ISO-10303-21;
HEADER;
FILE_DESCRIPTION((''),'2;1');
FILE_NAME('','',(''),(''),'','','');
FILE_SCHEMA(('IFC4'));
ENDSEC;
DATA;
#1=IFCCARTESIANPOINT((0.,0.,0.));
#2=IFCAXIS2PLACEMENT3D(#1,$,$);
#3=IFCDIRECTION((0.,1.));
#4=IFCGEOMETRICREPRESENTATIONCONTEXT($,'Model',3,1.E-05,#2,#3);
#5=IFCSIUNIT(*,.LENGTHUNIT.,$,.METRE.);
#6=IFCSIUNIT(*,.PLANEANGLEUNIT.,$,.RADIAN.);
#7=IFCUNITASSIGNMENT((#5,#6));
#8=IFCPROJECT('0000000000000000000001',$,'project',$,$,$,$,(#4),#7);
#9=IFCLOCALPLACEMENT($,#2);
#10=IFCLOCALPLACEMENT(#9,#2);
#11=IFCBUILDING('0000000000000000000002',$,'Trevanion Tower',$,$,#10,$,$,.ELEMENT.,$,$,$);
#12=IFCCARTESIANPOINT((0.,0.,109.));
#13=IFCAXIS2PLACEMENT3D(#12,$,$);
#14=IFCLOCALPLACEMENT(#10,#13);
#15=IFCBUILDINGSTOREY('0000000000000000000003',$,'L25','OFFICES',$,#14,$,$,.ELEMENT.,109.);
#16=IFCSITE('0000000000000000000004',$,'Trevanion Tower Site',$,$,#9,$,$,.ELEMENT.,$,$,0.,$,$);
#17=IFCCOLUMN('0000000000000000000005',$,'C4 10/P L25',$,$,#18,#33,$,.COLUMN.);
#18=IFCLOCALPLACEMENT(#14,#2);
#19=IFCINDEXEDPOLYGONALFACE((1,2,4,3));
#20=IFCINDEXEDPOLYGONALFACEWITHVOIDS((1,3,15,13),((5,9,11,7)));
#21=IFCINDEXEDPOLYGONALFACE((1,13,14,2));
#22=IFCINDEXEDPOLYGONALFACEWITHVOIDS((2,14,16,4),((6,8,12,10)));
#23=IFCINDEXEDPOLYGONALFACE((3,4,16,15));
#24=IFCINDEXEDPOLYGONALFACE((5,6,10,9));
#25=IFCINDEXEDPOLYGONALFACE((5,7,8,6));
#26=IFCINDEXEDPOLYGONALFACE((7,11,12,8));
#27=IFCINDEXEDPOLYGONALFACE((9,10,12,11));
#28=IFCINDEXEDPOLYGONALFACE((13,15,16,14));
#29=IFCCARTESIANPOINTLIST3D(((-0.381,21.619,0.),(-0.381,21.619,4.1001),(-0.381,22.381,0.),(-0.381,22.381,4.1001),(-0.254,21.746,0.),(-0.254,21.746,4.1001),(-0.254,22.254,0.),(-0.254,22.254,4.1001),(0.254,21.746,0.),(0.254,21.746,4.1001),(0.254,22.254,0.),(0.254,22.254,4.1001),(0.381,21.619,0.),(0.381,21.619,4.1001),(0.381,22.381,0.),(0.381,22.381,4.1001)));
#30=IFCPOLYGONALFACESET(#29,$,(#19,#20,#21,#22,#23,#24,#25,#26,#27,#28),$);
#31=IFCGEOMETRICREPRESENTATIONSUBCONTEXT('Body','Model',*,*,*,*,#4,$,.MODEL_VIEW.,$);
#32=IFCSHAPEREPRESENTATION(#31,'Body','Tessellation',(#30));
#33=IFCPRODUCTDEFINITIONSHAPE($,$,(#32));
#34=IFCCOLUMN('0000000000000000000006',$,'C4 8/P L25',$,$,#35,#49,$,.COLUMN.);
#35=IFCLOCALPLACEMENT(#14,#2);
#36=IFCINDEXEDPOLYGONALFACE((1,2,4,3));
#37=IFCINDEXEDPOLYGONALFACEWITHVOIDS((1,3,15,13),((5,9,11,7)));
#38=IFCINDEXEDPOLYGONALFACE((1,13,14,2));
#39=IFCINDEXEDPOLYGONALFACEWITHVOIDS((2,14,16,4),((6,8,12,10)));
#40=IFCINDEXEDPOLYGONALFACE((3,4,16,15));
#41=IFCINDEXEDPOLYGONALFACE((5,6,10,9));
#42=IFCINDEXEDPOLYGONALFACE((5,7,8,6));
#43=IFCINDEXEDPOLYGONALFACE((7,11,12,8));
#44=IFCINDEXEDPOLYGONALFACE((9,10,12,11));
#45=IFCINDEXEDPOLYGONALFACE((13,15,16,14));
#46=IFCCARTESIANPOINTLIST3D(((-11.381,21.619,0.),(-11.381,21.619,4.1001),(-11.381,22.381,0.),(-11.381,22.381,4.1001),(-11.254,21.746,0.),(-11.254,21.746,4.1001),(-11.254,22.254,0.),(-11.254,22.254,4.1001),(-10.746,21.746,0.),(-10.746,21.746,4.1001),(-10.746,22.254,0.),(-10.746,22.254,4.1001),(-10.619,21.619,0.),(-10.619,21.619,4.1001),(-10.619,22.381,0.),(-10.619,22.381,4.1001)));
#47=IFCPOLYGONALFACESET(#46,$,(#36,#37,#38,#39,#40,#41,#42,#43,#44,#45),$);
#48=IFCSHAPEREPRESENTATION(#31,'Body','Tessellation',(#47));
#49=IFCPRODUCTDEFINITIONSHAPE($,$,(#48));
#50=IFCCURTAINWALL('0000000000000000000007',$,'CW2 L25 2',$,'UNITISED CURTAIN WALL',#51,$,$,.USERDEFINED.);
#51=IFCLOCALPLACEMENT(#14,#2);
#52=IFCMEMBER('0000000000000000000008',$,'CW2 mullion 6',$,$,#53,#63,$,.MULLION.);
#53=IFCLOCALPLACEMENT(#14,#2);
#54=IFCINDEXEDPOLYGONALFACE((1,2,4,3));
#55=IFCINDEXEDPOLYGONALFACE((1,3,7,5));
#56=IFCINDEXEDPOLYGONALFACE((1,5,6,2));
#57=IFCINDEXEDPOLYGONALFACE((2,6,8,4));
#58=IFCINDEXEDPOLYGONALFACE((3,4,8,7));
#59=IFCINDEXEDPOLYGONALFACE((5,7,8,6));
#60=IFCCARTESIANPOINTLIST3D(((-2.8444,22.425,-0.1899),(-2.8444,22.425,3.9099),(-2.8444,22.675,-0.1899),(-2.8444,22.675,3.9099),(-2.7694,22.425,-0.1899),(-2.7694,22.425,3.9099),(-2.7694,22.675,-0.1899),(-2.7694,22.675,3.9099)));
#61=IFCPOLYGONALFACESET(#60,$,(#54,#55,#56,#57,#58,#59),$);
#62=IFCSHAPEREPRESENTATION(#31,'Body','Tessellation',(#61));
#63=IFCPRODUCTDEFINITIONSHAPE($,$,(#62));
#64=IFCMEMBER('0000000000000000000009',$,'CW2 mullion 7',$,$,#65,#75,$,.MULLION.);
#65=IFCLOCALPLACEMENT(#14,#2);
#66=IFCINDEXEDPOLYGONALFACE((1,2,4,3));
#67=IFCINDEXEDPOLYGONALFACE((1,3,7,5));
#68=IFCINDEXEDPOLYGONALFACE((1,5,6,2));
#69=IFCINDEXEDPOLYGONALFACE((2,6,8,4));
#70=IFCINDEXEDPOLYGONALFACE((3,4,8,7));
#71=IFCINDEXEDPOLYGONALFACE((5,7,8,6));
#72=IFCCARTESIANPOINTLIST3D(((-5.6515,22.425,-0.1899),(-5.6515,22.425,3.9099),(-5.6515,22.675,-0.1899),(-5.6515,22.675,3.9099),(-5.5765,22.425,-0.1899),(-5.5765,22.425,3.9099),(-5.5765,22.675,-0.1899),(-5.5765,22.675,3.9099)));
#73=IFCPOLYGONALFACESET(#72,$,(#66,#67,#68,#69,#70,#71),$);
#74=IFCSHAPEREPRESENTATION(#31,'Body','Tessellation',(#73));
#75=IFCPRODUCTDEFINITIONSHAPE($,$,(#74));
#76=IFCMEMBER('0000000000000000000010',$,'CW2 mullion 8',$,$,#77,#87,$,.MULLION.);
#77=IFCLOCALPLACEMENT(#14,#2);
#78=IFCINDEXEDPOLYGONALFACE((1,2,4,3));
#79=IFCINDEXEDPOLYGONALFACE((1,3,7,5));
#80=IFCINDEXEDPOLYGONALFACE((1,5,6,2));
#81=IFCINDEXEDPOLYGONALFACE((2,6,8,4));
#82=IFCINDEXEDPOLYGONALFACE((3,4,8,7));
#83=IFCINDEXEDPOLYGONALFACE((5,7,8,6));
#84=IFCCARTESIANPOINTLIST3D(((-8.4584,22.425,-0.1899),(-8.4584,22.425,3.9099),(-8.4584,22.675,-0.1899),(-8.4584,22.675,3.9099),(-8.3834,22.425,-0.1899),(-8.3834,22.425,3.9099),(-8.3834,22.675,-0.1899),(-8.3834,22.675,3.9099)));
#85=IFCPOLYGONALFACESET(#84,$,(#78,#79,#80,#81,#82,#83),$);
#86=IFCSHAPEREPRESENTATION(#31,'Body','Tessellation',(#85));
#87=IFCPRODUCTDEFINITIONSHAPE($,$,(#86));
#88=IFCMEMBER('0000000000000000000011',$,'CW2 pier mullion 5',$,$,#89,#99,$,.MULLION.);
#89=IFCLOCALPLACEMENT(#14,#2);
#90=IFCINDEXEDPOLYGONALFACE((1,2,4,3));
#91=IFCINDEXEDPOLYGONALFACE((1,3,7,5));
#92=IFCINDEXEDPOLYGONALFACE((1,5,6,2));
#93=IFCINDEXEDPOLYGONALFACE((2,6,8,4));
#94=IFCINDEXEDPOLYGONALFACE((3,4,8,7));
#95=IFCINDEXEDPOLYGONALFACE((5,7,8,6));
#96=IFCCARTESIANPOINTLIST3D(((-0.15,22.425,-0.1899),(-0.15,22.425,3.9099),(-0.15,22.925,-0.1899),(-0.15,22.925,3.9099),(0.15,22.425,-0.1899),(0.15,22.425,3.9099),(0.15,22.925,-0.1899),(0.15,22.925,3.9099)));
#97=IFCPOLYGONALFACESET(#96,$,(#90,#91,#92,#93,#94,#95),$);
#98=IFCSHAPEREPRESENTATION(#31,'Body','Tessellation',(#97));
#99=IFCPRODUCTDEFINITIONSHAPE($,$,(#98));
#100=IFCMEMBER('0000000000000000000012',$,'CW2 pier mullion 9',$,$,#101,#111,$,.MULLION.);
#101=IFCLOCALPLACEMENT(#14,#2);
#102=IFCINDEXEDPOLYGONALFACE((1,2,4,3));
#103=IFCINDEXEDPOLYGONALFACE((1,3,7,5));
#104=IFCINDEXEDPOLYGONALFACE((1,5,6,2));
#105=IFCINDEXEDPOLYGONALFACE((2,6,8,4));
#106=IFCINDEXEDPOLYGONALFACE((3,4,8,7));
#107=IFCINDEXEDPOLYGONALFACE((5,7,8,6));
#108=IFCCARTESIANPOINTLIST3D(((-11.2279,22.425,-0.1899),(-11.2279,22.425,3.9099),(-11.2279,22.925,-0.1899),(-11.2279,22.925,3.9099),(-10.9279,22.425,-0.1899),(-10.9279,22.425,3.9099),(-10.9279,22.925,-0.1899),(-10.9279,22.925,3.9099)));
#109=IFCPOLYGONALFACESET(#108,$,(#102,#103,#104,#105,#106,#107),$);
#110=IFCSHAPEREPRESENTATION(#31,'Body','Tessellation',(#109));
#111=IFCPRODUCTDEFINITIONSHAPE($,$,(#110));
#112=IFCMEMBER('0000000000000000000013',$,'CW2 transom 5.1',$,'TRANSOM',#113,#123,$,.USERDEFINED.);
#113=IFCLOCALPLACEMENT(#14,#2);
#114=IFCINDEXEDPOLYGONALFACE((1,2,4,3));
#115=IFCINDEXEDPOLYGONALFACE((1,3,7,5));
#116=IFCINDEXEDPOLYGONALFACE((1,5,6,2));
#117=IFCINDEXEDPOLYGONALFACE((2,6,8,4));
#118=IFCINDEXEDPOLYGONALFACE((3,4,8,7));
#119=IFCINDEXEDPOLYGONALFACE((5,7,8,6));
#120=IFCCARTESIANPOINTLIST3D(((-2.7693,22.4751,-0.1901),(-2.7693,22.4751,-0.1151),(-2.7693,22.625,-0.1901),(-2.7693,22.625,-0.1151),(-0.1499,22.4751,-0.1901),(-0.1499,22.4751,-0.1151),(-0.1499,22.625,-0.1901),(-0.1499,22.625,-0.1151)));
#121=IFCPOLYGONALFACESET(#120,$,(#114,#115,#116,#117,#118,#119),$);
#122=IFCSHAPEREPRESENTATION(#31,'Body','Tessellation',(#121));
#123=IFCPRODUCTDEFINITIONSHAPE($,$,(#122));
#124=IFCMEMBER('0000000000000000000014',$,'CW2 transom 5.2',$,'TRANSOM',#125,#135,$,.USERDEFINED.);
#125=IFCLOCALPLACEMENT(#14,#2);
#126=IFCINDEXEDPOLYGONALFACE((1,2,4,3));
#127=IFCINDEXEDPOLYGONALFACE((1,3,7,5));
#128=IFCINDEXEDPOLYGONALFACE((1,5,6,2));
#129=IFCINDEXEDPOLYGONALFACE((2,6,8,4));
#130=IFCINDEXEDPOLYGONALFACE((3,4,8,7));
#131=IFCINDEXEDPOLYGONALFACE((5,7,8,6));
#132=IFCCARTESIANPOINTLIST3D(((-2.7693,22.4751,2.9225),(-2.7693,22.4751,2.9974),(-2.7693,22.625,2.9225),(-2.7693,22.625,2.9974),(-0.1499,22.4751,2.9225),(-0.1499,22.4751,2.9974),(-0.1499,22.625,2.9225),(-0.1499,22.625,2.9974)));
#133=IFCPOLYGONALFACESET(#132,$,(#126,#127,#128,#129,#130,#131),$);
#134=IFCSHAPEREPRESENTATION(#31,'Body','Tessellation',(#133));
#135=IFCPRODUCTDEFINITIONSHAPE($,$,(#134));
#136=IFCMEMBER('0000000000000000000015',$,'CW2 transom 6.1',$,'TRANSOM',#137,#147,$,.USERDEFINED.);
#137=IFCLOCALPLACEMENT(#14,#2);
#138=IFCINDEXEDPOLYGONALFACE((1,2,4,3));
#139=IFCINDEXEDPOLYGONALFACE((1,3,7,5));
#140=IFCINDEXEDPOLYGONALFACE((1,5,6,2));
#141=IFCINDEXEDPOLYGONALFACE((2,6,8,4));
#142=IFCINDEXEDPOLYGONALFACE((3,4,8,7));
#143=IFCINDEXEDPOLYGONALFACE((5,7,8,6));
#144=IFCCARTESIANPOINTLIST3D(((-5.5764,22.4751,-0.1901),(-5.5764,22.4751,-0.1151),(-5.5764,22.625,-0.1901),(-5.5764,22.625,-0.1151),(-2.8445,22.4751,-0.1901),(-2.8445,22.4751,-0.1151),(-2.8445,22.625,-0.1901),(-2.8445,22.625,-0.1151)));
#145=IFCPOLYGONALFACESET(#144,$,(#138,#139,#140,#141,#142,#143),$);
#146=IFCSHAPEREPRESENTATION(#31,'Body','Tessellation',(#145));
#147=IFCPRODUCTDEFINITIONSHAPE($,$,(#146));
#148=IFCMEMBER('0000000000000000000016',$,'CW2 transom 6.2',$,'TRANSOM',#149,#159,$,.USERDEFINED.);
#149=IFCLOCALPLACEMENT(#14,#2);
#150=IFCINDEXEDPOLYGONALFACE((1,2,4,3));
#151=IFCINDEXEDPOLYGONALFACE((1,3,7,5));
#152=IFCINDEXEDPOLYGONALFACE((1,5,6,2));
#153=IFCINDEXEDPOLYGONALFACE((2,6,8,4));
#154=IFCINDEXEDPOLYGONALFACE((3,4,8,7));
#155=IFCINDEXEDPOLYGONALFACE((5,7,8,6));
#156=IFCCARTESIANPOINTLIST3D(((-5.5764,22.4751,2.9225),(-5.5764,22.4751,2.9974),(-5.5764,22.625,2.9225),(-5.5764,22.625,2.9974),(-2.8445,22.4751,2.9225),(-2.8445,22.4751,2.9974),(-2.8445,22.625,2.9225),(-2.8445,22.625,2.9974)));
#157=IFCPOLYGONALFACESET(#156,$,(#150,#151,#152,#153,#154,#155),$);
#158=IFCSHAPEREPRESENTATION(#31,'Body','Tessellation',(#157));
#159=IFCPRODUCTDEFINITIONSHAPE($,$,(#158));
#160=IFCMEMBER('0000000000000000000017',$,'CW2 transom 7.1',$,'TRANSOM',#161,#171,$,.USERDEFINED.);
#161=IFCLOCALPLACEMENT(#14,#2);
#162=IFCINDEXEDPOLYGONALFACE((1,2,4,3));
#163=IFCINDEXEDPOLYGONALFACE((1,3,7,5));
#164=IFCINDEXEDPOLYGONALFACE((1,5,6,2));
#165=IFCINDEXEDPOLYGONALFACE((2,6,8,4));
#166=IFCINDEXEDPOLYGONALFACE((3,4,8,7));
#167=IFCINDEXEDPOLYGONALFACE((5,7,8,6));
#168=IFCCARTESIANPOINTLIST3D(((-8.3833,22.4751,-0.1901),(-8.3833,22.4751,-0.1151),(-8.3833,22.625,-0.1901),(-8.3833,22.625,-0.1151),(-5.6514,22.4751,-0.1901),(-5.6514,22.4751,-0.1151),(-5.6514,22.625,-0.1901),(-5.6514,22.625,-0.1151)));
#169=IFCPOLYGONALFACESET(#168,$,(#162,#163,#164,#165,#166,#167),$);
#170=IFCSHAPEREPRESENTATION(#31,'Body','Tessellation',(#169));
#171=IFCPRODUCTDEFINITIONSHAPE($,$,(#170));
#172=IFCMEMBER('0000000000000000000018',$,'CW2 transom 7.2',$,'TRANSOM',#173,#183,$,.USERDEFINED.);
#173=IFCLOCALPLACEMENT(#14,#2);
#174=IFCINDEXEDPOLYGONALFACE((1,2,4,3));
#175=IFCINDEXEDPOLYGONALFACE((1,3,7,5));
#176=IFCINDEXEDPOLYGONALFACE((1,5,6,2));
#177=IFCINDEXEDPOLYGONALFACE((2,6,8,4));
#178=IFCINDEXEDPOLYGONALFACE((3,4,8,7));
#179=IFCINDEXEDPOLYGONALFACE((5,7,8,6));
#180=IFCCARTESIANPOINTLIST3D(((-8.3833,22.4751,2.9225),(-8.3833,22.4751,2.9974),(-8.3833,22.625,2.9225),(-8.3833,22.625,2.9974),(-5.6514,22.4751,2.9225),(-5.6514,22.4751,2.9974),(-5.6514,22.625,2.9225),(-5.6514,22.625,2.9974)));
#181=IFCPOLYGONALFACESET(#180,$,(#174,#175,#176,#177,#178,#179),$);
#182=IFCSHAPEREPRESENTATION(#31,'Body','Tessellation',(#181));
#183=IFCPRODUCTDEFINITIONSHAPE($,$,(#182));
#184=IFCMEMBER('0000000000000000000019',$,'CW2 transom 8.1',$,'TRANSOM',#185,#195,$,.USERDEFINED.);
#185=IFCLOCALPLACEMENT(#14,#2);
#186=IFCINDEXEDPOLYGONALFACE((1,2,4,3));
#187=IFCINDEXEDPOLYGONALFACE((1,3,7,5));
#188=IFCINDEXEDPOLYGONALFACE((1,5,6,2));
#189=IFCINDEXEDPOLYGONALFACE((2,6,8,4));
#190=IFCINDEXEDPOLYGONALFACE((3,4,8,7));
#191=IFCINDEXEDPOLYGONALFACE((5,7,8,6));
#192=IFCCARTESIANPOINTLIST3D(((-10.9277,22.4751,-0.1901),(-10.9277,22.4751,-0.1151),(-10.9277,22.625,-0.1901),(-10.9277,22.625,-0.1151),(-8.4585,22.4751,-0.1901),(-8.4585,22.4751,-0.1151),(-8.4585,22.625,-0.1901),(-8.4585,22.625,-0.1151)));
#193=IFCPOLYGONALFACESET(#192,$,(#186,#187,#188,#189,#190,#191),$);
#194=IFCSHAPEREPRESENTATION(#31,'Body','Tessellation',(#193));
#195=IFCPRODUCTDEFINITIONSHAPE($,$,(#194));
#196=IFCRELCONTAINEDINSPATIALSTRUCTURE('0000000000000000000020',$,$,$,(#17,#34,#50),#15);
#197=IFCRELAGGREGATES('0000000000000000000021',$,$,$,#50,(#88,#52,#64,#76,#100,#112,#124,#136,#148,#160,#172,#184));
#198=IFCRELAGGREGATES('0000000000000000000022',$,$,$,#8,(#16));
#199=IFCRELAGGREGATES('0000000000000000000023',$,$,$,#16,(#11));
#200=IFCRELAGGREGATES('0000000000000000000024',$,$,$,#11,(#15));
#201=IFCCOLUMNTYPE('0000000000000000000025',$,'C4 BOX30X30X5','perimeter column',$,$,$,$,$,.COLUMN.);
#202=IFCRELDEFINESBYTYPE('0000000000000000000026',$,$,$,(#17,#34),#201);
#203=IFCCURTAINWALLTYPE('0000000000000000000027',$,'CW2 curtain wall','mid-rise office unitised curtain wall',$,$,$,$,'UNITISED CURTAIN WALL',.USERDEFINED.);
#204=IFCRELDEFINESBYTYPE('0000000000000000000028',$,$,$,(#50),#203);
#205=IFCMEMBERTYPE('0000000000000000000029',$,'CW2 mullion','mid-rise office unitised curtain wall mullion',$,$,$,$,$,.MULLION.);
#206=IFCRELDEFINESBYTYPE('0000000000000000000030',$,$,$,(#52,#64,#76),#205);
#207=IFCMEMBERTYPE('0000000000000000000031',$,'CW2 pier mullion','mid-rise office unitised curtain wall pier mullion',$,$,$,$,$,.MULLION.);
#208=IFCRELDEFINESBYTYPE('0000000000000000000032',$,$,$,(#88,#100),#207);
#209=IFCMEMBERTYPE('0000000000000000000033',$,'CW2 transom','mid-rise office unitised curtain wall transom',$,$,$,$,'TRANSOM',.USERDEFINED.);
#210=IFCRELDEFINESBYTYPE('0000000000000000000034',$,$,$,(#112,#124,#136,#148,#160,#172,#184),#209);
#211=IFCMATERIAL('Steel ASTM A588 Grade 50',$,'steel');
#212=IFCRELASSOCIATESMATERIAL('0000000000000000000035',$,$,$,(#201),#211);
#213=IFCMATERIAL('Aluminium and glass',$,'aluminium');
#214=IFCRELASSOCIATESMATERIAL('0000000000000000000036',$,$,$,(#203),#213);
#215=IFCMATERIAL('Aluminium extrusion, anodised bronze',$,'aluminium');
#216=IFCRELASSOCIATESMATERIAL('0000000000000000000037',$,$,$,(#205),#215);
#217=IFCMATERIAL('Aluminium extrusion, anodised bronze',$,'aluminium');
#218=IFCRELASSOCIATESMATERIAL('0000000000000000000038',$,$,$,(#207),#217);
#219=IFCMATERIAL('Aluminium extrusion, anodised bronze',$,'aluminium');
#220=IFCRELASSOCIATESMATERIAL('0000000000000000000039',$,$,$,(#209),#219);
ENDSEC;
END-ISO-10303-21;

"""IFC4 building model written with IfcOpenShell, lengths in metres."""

from ifc_helpers import new_model, si_unit, direction, frame, origin, origin_2d, place, context, subcontext, project, spatial, rectangle, hollow_rectangle, extrude, material, material_profile, profile_set, type_object, element, aggregate, save


model = new_model("IFC4")

# Units and contexts
model_context = context("Model", 3, precision=1e-05, world=origin(), true_north=direction((0.0, 1.0)))
body_context = subcontext(model_context, "Body", "Model", "MODEL_VIEW")
ifc_project = project(units=[si_unit("LENGTHUNIT", "METRE"), si_unit("PLANEANGLEUNIT", "RADIAN")], contexts=[model_context])

# Site, building, storey
site_placement = place(None, origin())
site = spatial("IfcSite", under=ifc_project, at=site_placement, Name="Trevanion Tower Site", CompositionType="ELEMENT", RefElevation=0.0)
building_placement = place(site_placement, origin())
building = spatial("IfcBuilding", under=site, at=building_placement, Name="Trevanion Tower", CompositionType="ELEMENT")
storey_placement = place(building_placement, frame((0.0, 0.0, 109.0)))
storey = spatial("IfcBuildingStorey", under=building, at=storey_placement, Name="L25", Description="OFFICES", CompositionType="ELEMENT", Elevation=109.0)

# Columns
ifc_material_1 = material(Name="Steel ASTM A588 Grade 50", Category="steel")
ifc_material_profile_1 = material_profile(ifc_material_1, hollow_rectangle(XDim=0.762, YDim=0.762, WallThickness=0.127, at=origin_2d()), Name="BOX30X30X5")
ifc_profile_set_1 = profile_set([ifc_material_profile_1], Name="Steel ASTM A588 Grade 50")
column_type = type_object("IfcColumnType", Name="C4 BOX30X30X5", Description="perimeter column", PredefinedType="COLUMN", material=ifc_profile_set_1)
for number, where, z_axis, x_axis, name in (
    (1, (0.0, 22.0, 0.0), (0.0, 0.0, 1.0), (1.0, 0.0, 0.0), "C4 10/P L25"),
    (2, (-11.0, 22.0, 0.0), (0.0, 0.0, 1.0), (1.0, 0.0, 0.0), "C4 8/P L25"),
):
    element("IfcColumn", number, at=place(storey_placement, frame(where, z_axis=z_axis, x_axis=x_axis)), inside=storey, type_object=column_type, Name=name, PredefinedType="COLUMN", context=body_context, shape_type="SweptSolid", body=[
        extrude(hollow_rectangle(XDim=0.762, YDim=0.762, WallThickness=0.127, at=origin_2d()), origin(), (0.0, 0.0, 1.0), 4.1001),
    ])

# Curtain wall, members
ifc_material_2 = material(Name="Aluminium and glass", Category="aluminium")
curtain_wall_type = type_object("IfcCurtainWallType", Name="CW2 curtain wall", Description="mid-rise office unitised curtain wall", ElementType="UNITISED CURTAIN WALL", PredefinedType="USERDEFINED", material=ifc_material_2)
curtain_wall_placement = place(storey_placement, origin())
curtain_wall = element("IfcCurtainWall", 3, at=curtain_wall_placement, inside=storey, type_object=curtain_wall_type, Name="CW2 L25 2", ObjectType="UNITISED CURTAIN WALL", PredefinedType="USERDEFINED")
ifc_material_3 = material(Name="Aluminium extrusion, anodised bronze", Category="aluminium")
ifc_material_profile_2 = material_profile(ifc_material_3, rectangle(XDim=0.075, YDim=0.25, at=origin_2d()), Name="CW2 mullion")
ifc_profile_set_2 = profile_set([ifc_material_profile_2], Name="Aluminium extrusion, anodised bronze")
member_type_1 = type_object("IfcMemberType", Name="CW2 mullion", Description="mid-rise office unitised curtain wall mullion", PredefinedType="MULLION", material=ifc_profile_set_2)
member_1_placement = place(storey_placement, frame((-2.8069, 22.55, -0.1899), z_axis=(0.0, 0.0, 1.0), x_axis=(-1.0, 0.0, 0.0)))
member_1 = element("IfcMember", 4, at=member_1_placement, type_object=member_type_1, Name="CW2 mullion 6", PredefinedType="MULLION", context=body_context, shape_type="SweptSolid", body=[
    extrude(rectangle(XDim=0.075, YDim=0.25, at=origin_2d()), origin(), (0.0, 0.0, 1.0), 4.0999),
])
member_2_placement = place(storey_placement, frame((-5.614, 22.55, -0.1899), z_axis=(0.0, 0.0, 1.0), x_axis=(-1.0, 0.0, 0.0)))
member_2 = element("IfcMember", 5, at=member_2_placement, type_object=member_type_1, Name="CW2 mullion 7", PredefinedType="MULLION", context=body_context, shape_type="SweptSolid", body=[
    extrude(rectangle(XDim=0.075, YDim=0.25, at=origin_2d()), origin(), (0.0, 0.0, 1.0), 4.0999),
])
member_3_placement = place(storey_placement, frame((-8.4209, 22.55, -0.1899), z_axis=(0.0, 0.0, 1.0), x_axis=(-1.0, 0.0, 0.0)))
member_3 = element("IfcMember", 6, at=member_3_placement, type_object=member_type_1, Name="CW2 mullion 8", PredefinedType="MULLION", context=body_context, shape_type="SweptSolid", body=[
    extrude(rectangle(XDim=0.075, YDim=0.25, at=origin_2d()), origin(), (0.0, 0.0, 1.0), 4.0999),
])
ifc_material_4 = material(Name="Aluminium extrusion, anodised bronze", Category="aluminium")
ifc_material_profile_3 = material_profile(ifc_material_4, rectangle(XDim=0.3, YDim=0.5, at=origin_2d()), Name="CW2 pier mullion")
ifc_profile_set_3 = profile_set([ifc_material_profile_3], Name="Aluminium extrusion, anodised bronze")
member_type_2 = type_object("IfcMemberType", Name="CW2 pier mullion", Description="mid-rise office unitised curtain wall pier mullion", PredefinedType="MULLION", material=ifc_profile_set_3)
member_4_placement = place(storey_placement, frame((0.0, 22.675, -0.1899), z_axis=(0.0, 0.0, 1.0), x_axis=(-1.0, 0.0, 0.0)))
member_4 = element("IfcMember", 7, at=member_4_placement, type_object=member_type_2, Name="CW2 pier mullion 5", PredefinedType="MULLION", context=body_context, shape_type="SweptSolid", body=[
    extrude(rectangle(XDim=0.3, YDim=0.5, at=origin_2d()), origin(), (0.0, 0.0, 1.0), 4.0999),
])
member_5_placement = place(storey_placement, frame((-11.0779, 22.675, -0.1899), z_axis=(0.0, 0.0, 1.0), x_axis=(-1.0, 0.0, 0.0)))
member_5 = element("IfcMember", 8, at=member_5_placement, type_object=member_type_2, Name="CW2 pier mullion 9", PredefinedType="MULLION", context=body_context, shape_type="SweptSolid", body=[
    extrude(rectangle(XDim=0.3, YDim=0.5, at=origin_2d()), origin(), (0.0, 0.0, 1.0), 4.0999),
])
ifc_material_5 = material(Name="Aluminium extrusion, anodised bronze", Category="aluminium")
ifc_material_profile_4 = material_profile(ifc_material_5, rectangle(XDim=0.1499, YDim=0.075, at=origin_2d()), Name="CW2 transom")
ifc_profile_set_4 = profile_set([ifc_material_profile_4], Name="Aluminium extrusion, anodised bronze")
member_type_3 = type_object("IfcMemberType", Name="CW2 transom", Description="mid-rise office unitised curtain wall transom", ElementType="TRANSOM", PredefinedType="USERDEFINED", material=ifc_profile_set_4)
member_6_placement = place(storey_placement, frame((-0.1499, 22.55, -0.1526), z_axis=(-1.0, 0.0, 0.0), x_axis=(0.0, -1.0, 0.0)))
member_6 = element("IfcMember", 9, at=member_6_placement, type_object=member_type_3, Name="CW2 transom 5.1", ObjectType="TRANSOM", PredefinedType="USERDEFINED", context=body_context, shape_type="SweptSolid", body=[
    extrude(rectangle(XDim=0.1499, YDim=0.075, at=origin_2d()), origin(), (0.0, 0.0, 1.0), 2.6194),
])
member_7_placement = place(storey_placement, frame((-0.1499, 22.55, 2.96), z_axis=(-1.0, 0.0, 0.0), x_axis=(0.0, -1.0, 0.0)))
member_7 = element("IfcMember", 10, at=member_7_placement, type_object=member_type_3, Name="CW2 transom 5.2", ObjectType="TRANSOM", PredefinedType="USERDEFINED", context=body_context, shape_type="SweptSolid", body=[
    extrude(rectangle(XDim=0.1499, YDim=0.075, at=origin_2d()), origin(), (0.0, 0.0, 1.0), 2.6194),
])
member_8_placement = place(storey_placement, frame((-2.8445, 22.55, -0.1526), z_axis=(-1.0, 0.0, 0.0), x_axis=(0.0, -1.0, 0.0)))
member_8 = element("IfcMember", 11, at=member_8_placement, type_object=member_type_3, Name="CW2 transom 6.1", ObjectType="TRANSOM", PredefinedType="USERDEFINED", context=body_context, shape_type="SweptSolid", body=[
    extrude(rectangle(XDim=0.1499, YDim=0.075, at=origin_2d()), origin(), (0.0, 0.0, 1.0), 2.7319),
])
member_9_placement = place(storey_placement, frame((-2.8445, 22.55, 2.96), z_axis=(-1.0, 0.0, 0.0), x_axis=(0.0, -1.0, 0.0)))
member_9 = element("IfcMember", 12, at=member_9_placement, type_object=member_type_3, Name="CW2 transom 6.2", ObjectType="TRANSOM", PredefinedType="USERDEFINED", context=body_context, shape_type="SweptSolid", body=[
    extrude(rectangle(XDim=0.1499, YDim=0.075, at=origin_2d()), origin(), (0.0, 0.0, 1.0), 2.7319),
])
member_10_placement = place(storey_placement, frame((-5.6514, 22.55, -0.1526), z_axis=(-1.0, 0.0, 0.0), x_axis=(0.0, -1.0, 0.0)))
member_10 = element("IfcMember", 13, at=member_10_placement, type_object=member_type_3, Name="CW2 transom 7.1", ObjectType="TRANSOM", PredefinedType="USERDEFINED", context=body_context, shape_type="SweptSolid", body=[
    extrude(rectangle(XDim=0.1499, YDim=0.075, at=origin_2d()), origin(), (0.0, 0.0, 1.0), 2.7319),
])
member_11_placement = place(storey_placement, frame((-5.6514, 22.55, 2.96), z_axis=(-1.0, 0.0, 0.0), x_axis=(0.0, -1.0, 0.0)))
member_11 = element("IfcMember", 14, at=member_11_placement, type_object=member_type_3, Name="CW2 transom 7.2", ObjectType="TRANSOM", PredefinedType="USERDEFINED", context=body_context, shape_type="SweptSolid", body=[
    extrude(rectangle(XDim=0.1499, YDim=0.075, at=origin_2d()), origin(), (0.0, 0.0, 1.0), 2.7319),
])
member_12_placement = place(storey_placement, frame((-8.4585, 22.55, -0.1526), z_axis=(-1.0, 0.0, 0.0), x_axis=(0.0, -1.0, 0.0)))
member_12 = element("IfcMember", 15, at=member_12_placement, type_object=member_type_3, Name="CW2 transom 8.1", ObjectType="TRANSOM", PredefinedType="USERDEFINED", context=body_context, shape_type="SweptSolid", body=[
    extrude(rectangle(XDim=0.1499, YDim=0.075, at=origin_2d()), origin(), (0.0, 0.0, 1.0), 2.4692),
])

aggregate(curtain_wall, [member_4, member_1, member_2, member_3, member_5, member_6, member_7, member_8, member_9, member_10, member_11, member_12])

save(model, "model.ifc")
